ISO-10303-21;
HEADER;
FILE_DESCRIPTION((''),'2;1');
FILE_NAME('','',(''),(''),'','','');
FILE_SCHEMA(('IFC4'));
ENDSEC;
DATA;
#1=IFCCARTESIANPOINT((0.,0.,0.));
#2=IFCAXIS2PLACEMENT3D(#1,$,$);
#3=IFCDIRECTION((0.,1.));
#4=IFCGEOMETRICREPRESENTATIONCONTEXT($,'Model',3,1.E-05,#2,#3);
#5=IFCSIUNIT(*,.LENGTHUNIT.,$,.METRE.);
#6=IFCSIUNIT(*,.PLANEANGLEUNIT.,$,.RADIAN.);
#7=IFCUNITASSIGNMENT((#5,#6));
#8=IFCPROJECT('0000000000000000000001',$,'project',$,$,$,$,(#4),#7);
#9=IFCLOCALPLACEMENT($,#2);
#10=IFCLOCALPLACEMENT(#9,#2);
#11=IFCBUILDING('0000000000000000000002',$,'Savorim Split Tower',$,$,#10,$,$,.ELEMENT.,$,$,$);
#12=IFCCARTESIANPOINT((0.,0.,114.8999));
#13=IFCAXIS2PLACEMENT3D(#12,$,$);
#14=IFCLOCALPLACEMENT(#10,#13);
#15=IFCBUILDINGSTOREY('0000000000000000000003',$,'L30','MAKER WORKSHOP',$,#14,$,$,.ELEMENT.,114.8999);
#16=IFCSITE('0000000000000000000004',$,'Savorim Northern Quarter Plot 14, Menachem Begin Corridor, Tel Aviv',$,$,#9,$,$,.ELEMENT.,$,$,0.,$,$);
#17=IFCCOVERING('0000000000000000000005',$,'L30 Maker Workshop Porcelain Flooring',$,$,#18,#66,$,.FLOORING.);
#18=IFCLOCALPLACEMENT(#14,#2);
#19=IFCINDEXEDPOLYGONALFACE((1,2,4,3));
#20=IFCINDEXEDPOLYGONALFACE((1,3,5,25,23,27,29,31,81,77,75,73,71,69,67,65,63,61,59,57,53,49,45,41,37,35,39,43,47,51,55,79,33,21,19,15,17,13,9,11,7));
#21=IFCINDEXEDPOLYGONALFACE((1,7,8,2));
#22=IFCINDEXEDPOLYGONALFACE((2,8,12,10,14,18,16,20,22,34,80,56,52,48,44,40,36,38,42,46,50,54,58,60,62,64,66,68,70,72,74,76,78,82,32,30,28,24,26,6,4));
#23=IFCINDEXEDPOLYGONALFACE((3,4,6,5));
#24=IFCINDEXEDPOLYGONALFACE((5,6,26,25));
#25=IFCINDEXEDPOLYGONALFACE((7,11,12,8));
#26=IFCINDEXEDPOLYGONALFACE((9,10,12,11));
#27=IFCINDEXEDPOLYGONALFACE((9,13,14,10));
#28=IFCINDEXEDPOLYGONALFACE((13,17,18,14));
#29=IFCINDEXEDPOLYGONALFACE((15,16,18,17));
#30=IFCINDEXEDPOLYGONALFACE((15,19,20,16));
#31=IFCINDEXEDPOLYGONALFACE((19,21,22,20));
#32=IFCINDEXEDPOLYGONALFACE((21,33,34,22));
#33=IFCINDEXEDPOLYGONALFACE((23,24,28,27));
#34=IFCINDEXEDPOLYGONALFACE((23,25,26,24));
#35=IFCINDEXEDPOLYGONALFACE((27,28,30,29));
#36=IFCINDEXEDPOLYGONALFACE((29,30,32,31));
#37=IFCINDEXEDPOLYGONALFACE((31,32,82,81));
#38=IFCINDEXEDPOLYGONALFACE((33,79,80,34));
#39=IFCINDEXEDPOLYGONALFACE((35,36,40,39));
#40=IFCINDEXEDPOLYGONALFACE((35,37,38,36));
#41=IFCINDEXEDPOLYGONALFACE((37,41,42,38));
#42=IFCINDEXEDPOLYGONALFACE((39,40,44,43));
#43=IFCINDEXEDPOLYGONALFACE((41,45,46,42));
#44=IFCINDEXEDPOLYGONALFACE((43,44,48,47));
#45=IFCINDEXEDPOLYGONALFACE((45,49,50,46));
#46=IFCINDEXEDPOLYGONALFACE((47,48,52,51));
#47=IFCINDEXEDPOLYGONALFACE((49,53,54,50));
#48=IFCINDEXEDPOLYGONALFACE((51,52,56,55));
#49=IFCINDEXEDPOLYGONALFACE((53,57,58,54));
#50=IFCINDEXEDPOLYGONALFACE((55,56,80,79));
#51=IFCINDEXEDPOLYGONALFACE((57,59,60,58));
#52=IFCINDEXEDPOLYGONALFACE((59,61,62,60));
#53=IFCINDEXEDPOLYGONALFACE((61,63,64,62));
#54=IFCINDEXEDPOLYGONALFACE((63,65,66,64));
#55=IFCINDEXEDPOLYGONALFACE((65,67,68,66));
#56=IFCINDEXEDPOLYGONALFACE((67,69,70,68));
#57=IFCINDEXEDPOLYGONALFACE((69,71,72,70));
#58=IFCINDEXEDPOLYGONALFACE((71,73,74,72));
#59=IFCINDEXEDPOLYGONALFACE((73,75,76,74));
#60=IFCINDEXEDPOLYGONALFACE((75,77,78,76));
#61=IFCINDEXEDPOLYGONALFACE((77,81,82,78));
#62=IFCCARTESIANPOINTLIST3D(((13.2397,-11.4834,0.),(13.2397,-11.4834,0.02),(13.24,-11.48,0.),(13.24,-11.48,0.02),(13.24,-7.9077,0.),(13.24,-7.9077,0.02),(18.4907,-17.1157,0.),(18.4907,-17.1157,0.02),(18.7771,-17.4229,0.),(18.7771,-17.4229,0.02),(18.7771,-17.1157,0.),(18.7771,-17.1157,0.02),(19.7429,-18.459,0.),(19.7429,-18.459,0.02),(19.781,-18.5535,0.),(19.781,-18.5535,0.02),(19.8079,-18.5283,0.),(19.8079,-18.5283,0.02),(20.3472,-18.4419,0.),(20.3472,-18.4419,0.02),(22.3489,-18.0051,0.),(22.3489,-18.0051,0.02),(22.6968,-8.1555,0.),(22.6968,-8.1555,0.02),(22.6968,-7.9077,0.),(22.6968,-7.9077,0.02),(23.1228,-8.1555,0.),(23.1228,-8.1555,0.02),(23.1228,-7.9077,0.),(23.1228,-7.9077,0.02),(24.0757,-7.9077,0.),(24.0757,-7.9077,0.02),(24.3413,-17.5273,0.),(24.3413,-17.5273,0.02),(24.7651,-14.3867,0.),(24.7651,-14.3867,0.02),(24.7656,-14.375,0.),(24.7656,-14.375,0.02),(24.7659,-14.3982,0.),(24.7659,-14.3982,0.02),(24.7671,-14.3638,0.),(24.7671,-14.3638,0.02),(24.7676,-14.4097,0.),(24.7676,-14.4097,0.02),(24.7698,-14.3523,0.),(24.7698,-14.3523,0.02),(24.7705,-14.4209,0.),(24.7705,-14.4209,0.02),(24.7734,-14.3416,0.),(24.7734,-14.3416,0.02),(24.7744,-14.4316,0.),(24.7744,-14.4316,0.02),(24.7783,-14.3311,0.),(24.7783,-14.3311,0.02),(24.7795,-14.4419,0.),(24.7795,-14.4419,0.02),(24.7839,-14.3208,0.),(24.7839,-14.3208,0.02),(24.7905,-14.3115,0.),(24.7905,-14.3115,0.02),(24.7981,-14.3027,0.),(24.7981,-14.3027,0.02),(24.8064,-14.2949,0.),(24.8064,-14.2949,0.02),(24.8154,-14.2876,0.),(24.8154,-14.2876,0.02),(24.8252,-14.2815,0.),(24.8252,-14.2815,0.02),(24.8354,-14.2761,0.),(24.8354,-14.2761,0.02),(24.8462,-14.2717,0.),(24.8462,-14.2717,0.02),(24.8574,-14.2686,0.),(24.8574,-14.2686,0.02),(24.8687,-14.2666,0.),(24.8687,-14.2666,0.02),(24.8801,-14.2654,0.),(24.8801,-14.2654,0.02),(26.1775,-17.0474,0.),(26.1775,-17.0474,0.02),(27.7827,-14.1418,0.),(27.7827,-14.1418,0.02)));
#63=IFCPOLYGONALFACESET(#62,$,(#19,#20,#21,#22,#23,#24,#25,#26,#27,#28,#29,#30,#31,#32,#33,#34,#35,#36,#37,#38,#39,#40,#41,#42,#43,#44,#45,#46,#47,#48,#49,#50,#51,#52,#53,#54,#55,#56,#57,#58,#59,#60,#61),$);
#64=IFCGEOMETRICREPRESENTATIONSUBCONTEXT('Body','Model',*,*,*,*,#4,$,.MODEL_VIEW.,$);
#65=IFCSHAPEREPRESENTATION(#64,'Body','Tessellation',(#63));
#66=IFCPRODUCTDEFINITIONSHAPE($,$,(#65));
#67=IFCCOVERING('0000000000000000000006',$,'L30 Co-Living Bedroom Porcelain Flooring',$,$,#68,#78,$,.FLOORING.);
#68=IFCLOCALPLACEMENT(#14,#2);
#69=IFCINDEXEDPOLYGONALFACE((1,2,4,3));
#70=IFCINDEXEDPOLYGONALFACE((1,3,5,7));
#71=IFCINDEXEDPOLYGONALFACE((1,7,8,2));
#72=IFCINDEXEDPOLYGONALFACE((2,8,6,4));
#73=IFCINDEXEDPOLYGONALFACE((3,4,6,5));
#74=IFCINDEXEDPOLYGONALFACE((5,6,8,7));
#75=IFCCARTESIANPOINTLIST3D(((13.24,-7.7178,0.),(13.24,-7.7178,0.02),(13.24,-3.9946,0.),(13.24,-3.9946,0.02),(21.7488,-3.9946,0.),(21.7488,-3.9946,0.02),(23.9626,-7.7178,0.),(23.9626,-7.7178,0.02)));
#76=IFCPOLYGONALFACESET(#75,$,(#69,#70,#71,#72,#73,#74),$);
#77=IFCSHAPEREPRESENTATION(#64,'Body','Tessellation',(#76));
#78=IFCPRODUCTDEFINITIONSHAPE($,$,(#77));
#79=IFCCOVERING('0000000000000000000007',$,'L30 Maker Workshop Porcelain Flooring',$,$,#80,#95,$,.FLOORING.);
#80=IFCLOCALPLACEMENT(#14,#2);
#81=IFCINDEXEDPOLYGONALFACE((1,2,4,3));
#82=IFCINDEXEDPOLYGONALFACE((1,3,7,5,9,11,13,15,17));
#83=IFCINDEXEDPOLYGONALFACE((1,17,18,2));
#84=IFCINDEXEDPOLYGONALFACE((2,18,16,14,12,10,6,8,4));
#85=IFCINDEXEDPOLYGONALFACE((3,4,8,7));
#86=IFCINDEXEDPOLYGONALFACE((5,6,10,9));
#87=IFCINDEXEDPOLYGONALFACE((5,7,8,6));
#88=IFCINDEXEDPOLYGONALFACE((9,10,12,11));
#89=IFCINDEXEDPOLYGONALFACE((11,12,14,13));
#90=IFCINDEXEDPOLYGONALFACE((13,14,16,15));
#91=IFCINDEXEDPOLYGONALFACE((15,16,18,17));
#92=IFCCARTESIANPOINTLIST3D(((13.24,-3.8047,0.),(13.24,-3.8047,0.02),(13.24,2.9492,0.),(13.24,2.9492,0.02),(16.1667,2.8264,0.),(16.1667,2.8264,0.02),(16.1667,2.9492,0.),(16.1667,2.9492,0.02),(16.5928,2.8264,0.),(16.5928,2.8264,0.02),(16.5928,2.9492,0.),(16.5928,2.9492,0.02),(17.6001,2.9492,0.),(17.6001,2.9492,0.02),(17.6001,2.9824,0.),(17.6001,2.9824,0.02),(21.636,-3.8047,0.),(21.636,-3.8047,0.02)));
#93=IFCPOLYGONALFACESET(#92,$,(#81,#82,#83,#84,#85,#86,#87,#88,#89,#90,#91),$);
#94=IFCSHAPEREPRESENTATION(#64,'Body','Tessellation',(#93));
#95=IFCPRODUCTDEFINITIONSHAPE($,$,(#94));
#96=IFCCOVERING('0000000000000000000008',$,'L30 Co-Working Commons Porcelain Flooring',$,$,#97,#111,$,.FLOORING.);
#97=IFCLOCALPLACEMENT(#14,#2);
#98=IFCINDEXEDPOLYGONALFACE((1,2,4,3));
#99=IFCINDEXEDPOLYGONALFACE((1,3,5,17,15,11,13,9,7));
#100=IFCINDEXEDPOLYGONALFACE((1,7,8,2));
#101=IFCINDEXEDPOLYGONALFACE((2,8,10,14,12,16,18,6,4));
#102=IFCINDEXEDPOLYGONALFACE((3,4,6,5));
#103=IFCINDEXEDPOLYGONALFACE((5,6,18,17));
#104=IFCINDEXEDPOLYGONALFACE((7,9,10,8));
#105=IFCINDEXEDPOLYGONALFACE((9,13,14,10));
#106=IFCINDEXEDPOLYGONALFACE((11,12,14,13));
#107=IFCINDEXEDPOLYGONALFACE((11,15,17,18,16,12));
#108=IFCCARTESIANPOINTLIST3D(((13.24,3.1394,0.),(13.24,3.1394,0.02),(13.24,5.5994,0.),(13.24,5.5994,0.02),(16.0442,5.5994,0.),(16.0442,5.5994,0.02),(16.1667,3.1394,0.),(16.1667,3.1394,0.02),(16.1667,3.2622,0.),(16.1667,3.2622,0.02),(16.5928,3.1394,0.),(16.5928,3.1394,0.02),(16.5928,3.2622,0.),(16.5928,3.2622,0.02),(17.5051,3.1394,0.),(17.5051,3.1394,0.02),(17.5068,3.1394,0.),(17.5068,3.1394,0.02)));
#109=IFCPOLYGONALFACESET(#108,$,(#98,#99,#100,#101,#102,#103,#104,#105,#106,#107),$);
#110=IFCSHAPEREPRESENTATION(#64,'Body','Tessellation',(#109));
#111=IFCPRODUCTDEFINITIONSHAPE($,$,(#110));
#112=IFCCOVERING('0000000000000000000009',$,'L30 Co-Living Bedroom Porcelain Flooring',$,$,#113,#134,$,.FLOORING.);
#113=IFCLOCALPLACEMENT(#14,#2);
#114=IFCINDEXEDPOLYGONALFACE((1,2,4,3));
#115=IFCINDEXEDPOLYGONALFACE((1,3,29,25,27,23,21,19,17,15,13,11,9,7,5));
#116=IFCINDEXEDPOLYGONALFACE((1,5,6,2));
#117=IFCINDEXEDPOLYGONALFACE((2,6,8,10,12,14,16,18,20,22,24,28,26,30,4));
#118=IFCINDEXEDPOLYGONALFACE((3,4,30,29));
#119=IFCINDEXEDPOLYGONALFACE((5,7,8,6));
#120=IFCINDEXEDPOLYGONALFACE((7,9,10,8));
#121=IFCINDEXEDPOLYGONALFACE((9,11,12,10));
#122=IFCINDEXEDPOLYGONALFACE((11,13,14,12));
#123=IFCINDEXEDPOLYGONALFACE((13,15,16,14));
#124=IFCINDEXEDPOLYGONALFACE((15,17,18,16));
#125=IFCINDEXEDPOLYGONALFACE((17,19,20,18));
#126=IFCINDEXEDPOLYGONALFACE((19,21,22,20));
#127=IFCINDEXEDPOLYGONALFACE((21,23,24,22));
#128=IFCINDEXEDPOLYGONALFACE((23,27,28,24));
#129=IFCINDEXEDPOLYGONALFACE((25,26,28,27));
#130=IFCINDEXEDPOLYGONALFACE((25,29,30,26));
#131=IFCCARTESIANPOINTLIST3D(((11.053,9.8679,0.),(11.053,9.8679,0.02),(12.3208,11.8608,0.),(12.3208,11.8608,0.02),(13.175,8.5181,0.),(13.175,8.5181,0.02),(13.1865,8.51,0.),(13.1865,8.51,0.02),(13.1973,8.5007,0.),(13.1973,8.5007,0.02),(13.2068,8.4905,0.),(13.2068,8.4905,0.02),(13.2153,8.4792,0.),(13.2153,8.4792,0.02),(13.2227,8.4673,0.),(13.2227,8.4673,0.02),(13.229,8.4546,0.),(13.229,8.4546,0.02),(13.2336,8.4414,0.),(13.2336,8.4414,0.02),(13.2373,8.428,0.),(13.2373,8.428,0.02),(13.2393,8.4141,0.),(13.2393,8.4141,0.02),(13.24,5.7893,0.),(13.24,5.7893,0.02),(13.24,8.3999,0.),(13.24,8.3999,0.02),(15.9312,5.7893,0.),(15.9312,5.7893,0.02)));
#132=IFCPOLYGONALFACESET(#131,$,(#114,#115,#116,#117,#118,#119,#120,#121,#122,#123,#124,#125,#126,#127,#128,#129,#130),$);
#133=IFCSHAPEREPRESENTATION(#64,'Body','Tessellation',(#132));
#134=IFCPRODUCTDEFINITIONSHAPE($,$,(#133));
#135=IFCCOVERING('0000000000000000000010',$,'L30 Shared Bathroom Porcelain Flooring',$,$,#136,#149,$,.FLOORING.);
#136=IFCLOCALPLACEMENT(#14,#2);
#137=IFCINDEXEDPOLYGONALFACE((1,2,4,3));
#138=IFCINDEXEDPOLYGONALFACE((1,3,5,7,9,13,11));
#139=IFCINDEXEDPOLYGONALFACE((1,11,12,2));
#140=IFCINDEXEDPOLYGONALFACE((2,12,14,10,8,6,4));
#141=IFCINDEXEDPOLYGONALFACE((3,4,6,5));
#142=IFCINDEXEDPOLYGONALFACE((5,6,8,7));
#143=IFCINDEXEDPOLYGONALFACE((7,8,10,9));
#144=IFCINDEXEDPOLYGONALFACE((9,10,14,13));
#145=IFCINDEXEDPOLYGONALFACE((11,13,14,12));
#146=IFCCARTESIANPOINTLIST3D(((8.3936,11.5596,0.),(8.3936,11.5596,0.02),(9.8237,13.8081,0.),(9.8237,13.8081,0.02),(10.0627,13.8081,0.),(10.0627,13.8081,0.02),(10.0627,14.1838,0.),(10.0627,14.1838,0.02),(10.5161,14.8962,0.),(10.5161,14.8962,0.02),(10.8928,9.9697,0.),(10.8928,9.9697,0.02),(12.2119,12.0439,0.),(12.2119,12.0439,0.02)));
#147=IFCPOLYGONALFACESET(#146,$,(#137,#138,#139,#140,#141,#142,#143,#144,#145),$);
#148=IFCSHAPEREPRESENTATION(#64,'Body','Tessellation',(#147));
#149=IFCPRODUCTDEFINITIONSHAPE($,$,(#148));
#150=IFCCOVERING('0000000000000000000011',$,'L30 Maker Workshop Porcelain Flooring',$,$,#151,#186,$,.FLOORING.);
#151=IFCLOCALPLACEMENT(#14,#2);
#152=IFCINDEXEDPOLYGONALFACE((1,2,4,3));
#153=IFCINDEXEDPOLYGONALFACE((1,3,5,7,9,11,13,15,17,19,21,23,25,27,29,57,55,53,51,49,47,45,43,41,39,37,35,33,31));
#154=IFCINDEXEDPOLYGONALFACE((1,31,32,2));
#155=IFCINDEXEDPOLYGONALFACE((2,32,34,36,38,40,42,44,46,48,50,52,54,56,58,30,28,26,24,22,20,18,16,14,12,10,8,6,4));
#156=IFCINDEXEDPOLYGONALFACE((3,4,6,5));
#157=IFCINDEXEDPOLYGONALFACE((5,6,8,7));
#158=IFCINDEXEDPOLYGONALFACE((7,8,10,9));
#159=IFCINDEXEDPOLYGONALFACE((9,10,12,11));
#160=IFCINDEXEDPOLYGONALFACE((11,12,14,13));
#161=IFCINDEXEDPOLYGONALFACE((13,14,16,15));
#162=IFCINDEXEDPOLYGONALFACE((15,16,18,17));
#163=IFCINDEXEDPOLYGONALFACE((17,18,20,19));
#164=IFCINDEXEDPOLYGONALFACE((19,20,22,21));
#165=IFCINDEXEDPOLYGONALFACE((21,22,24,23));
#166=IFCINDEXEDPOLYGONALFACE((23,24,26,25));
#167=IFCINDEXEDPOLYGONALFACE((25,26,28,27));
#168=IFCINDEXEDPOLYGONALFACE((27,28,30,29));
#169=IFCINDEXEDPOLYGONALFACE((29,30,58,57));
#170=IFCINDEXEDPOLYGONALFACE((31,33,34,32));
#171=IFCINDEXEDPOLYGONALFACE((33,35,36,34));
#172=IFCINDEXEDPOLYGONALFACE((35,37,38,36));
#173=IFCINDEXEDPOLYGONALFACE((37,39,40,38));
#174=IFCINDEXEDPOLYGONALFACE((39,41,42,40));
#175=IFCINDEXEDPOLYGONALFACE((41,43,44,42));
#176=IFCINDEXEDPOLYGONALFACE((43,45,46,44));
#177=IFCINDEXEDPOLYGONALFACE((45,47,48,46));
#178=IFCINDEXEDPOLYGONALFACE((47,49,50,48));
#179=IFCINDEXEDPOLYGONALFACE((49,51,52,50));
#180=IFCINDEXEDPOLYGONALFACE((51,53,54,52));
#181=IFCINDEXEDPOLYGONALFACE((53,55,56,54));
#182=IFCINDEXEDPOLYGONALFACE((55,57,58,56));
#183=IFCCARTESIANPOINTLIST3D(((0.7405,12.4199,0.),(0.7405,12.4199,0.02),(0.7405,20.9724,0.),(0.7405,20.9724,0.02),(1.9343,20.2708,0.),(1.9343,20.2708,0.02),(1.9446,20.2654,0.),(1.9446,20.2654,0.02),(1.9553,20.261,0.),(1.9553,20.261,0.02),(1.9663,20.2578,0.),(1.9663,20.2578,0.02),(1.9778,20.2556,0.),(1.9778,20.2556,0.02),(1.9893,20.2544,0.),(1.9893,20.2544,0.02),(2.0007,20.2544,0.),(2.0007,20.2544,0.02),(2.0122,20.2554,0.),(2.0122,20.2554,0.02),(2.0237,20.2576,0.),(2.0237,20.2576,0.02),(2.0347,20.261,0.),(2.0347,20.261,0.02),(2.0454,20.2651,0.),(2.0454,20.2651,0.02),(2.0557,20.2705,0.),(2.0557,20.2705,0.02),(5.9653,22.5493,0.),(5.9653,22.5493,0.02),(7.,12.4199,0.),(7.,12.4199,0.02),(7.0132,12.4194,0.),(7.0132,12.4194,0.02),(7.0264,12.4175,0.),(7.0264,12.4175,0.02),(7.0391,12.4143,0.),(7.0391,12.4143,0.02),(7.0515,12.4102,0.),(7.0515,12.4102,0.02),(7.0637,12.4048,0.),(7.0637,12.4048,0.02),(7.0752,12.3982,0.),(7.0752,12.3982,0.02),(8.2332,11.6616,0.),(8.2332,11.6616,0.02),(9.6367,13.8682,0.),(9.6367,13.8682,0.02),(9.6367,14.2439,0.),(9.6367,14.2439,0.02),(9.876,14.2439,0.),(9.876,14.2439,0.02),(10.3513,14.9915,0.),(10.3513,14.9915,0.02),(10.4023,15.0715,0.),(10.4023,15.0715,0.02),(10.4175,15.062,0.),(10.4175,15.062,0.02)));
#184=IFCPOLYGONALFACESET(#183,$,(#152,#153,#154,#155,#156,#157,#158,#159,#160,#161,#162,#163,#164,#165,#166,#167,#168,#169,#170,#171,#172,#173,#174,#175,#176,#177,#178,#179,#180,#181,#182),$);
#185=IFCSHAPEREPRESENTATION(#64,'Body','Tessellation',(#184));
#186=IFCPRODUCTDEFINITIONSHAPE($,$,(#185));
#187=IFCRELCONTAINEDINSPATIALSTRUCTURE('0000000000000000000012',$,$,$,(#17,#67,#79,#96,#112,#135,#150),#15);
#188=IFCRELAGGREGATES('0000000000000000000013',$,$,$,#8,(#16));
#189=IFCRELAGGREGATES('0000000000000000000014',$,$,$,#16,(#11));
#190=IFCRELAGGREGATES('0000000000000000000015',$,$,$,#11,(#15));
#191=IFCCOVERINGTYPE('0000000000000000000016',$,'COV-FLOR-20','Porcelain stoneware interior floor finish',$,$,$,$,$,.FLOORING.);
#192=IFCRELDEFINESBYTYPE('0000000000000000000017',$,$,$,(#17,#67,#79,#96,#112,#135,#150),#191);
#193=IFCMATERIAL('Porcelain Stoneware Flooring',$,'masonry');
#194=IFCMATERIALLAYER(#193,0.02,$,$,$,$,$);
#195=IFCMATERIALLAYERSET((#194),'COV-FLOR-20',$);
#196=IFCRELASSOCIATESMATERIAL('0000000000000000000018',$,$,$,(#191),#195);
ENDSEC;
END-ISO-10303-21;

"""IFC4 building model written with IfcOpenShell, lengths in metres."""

from ifc_helpers import new_model, si_unit, direction, frame, origin, place, context, subcontext, project, spatial, polyline, outline, extrude, material, layer, layer_set, type_object, element, save


model = new_model("IFC4")

# Units and contexts
model_context = context("Model", 3, precision=1e-05, world=origin(), true_north=direction((0.0, 1.0)))
body_context = subcontext(model_context, "Body", "Model", "MODEL_VIEW")
ifc_project = project(units=[si_unit("LENGTHUNIT", "METRE"), si_unit("PLANEANGLEUNIT", "RADIAN")], contexts=[model_context])

# Site, building, storey
site_placement = place(None, origin())
site = spatial("IfcSite", under=ifc_project, at=site_placement, Name="Savorim Northern Quarter Plot 14, Menachem Begin Corridor, Tel Aviv", CompositionType="ELEMENT", RefElevation=0.0)
building_placement = place(site_placement, origin())
building = spatial("IfcBuilding", under=site, at=building_placement, Name="Savorim Split Tower", CompositionType="ELEMENT")
storey_placement = place(building_placement, frame((0.0, 0.0, 114.8999)))
storey = spatial("IfcBuildingStorey", under=building, at=storey_placement, Name="L30", Description="MAKER WORKSHOP", CompositionType="ELEMENT", Elevation=114.8999)

# Coverings
ifc_material = material(Name="Porcelain Stoneware Flooring", Category="masonry")
ifc_layer = layer(ifc_material, 0.02)
ifc_layer_set = layer_set([ifc_layer], Name="COV-FLOR-20")
covering_type = type_object("IfcCoveringType", Name="COV-FLOR-20", Description="Porcelain stoneware interior floor finish", PredefinedType="FLOORING", material=ifc_layer_set)
covering_1_placement = place(storey_placement, origin())
element("IfcCovering", 1, at=covering_1_placement, inside=storey, type_object=covering_type, Name="L30 Maker Workshop Porcelain Flooring", PredefinedType="FLOORING", context=body_context, shape_type="SweptSolid", body=[
    extrude(outline(polyline([(24.8574, -14.2686), (24.8687, -14.2666), (24.8801, -14.2654), (27.7827, -14.1418), (24.0757, -7.9077), (23.1228, -7.9077), (23.1228, -8.1555), (22.6968, -8.1555), (22.6968, -7.9077), (13.24, -7.9077), (13.24, -11.48), (13.2397, -11.4834), (18.4907, -17.1157), (18.7771, -17.1157), (18.7771, -17.4229), (19.7429, -18.459), (19.8079, -18.5283), (19.781, -18.5535), (20.3472, -18.4419), (22.3489, -18.0051), (24.3413, -17.5273), (26.1775, -17.0474), (24.7795, -14.4419), (24.7744, -14.4316), (24.7705, -14.4209), (24.7676, -14.4097), (24.7659, -14.3982), (24.7651, -14.3867), (24.7656, -14.375), (24.7671, -14.3638), (24.7698, -14.3523), (24.7734, -14.3416), (24.7783, -14.3311), (24.7839, -14.3208), (24.7905, -14.3115), (24.7981, -14.3027), (24.8064, -14.2949), (24.8154, -14.2876), (24.8252, -14.2815), (24.8354, -14.2761), (24.8462, -14.2717), (24.8574, -14.2686)])), origin(), (0.0, 0.0, 1.0), 0.02),
])
covering_2_placement = place(storey_placement, origin())
element("IfcCovering", 2, at=covering_2_placement, inside=storey, type_object=covering_type, Name="L30 Co-Living Bedroom Porcelain Flooring", PredefinedType="FLOORING", context=body_context, shape_type="SweptSolid", body=[
    extrude(outline(polyline([(23.9626, -7.7178), (21.7488, -3.9946), (13.24, -3.9946), (13.24, -7.7178), (23.9626, -7.7178)])), origin(), (0.0, 0.0, 1.0), 0.02),
])
covering_3_placement = place(storey_placement, origin())
element("IfcCovering", 3, at=covering_3_placement, inside=storey, type_object=covering_type, Name="L30 Maker Workshop Porcelain Flooring", PredefinedType="FLOORING", context=body_context, shape_type="SweptSolid", body=[
    extrude(outline(polyline([(16.1667, 2.8264), (16.1667, 2.9492), (13.24, 2.9492), (13.24, -3.8047), (21.636, -3.8047), (17.6001, 2.9824), (17.6001, 2.9492), (16.5928, 2.9492), (16.5928, 2.8264), (16.1667, 2.8264)])), origin(), (0.0, 0.0, 1.0), 0.02),
])
covering_4_placement = place(storey_placement, origin())
element("IfcCovering", 4, at=covering_4_placement, inside=storey, type_object=covering_type, Name="L30 Co-Working Commons Porcelain Flooring", PredefinedType="FLOORING", context=body_context, shape_type="SweptSolid", body=[
    extrude(outline(polyline([(16.5928, 3.2622), (16.5928, 3.1394), (17.5051, 3.1394), (17.5068, 3.1394), (16.0442, 5.5994), (13.24, 5.5994), (13.24, 3.1394), (16.1667, 3.1394), (16.1667, 3.2622), (16.5928, 3.2622)])), origin(), (0.0, 0.0, 1.0), 0.02),
])
covering_5_placement = place(storey_placement, origin())
element("IfcCovering", 5, at=covering_5_placement, inside=storey, type_object=covering_type, Name="L30 Co-Living Bedroom Porcelain Flooring", PredefinedType="FLOORING", context=body_context, shape_type="SweptSolid", body=[
    extrude(outline(polyline([(13.2373, 8.428), (13.2393, 8.4141), (13.24, 8.3999), (13.24, 5.7893), (15.9312, 5.7893), (12.3208, 11.8608), (11.053, 9.8679), (13.175, 8.5181), (13.1865, 8.51), (13.1973, 8.5007), (13.2068, 8.4905), (13.2153, 8.4792), (13.2227, 8.4673), (13.229, 8.4546), (13.2336, 8.4414), (13.2373, 8.428)])), origin(), (0.0, 0.0, 1.0), 0.02),
])
covering_6_placement = place(storey_placement, origin())
element("IfcCovering", 6, at=covering_6_placement, inside=storey, type_object=covering_type, Name="L30 Shared Bathroom Porcelain Flooring", PredefinedType="FLOORING", context=body_context, shape_type="SweptSolid", body=[
    extrude(outline(polyline([(10.0627, 13.8081), (9.8237, 13.8081), (8.3936, 11.5596), (10.8928, 9.9697), (12.2119, 12.0439), (10.5161, 14.8962), (10.0627, 14.1838), (10.0627, 13.8081)])), origin(), (0.0, 0.0, 1.0), 0.02),
])
covering_7_placement = place(storey_placement, origin())
element("IfcCovering", 7, at=covering_7_placement, inside=storey, type_object=covering_type, Name="L30 Maker Workshop Porcelain Flooring", PredefinedType="FLOORING", context=body_context, shape_type="SweptSolid", body=[
    extrude(outline(polyline([(1.9553, 20.261), (1.9446, 20.2654), (1.9343, 20.2708), (0.7405, 20.9724), (0.7405, 12.4199), (7.0, 12.4199), (7.0132, 12.4194), (7.0264, 12.4175), (7.0391, 12.4143), (7.0515, 12.4102), (7.0637, 12.4048), (7.0752, 12.3982), (8.2332, 11.6616), (9.6367, 13.8682), (9.6367, 14.2439), (9.876, 14.2439), (10.3513, 14.9915), (10.4023, 15.0715), (10.4175, 15.062), (5.9653, 22.5493), (2.0557, 20.2705), (2.0454, 20.2651), (2.0347, 20.261), (2.0237, 20.2576), (2.0122, 20.2554), (2.0007, 20.2544), (1.9893, 20.2544), (1.9778, 20.2556), (1.9663, 20.2578), (1.9553, 20.261)])), origin(), (0.0, 0.0, 1.0), 0.02),
])

save(model, "model.ifc")
